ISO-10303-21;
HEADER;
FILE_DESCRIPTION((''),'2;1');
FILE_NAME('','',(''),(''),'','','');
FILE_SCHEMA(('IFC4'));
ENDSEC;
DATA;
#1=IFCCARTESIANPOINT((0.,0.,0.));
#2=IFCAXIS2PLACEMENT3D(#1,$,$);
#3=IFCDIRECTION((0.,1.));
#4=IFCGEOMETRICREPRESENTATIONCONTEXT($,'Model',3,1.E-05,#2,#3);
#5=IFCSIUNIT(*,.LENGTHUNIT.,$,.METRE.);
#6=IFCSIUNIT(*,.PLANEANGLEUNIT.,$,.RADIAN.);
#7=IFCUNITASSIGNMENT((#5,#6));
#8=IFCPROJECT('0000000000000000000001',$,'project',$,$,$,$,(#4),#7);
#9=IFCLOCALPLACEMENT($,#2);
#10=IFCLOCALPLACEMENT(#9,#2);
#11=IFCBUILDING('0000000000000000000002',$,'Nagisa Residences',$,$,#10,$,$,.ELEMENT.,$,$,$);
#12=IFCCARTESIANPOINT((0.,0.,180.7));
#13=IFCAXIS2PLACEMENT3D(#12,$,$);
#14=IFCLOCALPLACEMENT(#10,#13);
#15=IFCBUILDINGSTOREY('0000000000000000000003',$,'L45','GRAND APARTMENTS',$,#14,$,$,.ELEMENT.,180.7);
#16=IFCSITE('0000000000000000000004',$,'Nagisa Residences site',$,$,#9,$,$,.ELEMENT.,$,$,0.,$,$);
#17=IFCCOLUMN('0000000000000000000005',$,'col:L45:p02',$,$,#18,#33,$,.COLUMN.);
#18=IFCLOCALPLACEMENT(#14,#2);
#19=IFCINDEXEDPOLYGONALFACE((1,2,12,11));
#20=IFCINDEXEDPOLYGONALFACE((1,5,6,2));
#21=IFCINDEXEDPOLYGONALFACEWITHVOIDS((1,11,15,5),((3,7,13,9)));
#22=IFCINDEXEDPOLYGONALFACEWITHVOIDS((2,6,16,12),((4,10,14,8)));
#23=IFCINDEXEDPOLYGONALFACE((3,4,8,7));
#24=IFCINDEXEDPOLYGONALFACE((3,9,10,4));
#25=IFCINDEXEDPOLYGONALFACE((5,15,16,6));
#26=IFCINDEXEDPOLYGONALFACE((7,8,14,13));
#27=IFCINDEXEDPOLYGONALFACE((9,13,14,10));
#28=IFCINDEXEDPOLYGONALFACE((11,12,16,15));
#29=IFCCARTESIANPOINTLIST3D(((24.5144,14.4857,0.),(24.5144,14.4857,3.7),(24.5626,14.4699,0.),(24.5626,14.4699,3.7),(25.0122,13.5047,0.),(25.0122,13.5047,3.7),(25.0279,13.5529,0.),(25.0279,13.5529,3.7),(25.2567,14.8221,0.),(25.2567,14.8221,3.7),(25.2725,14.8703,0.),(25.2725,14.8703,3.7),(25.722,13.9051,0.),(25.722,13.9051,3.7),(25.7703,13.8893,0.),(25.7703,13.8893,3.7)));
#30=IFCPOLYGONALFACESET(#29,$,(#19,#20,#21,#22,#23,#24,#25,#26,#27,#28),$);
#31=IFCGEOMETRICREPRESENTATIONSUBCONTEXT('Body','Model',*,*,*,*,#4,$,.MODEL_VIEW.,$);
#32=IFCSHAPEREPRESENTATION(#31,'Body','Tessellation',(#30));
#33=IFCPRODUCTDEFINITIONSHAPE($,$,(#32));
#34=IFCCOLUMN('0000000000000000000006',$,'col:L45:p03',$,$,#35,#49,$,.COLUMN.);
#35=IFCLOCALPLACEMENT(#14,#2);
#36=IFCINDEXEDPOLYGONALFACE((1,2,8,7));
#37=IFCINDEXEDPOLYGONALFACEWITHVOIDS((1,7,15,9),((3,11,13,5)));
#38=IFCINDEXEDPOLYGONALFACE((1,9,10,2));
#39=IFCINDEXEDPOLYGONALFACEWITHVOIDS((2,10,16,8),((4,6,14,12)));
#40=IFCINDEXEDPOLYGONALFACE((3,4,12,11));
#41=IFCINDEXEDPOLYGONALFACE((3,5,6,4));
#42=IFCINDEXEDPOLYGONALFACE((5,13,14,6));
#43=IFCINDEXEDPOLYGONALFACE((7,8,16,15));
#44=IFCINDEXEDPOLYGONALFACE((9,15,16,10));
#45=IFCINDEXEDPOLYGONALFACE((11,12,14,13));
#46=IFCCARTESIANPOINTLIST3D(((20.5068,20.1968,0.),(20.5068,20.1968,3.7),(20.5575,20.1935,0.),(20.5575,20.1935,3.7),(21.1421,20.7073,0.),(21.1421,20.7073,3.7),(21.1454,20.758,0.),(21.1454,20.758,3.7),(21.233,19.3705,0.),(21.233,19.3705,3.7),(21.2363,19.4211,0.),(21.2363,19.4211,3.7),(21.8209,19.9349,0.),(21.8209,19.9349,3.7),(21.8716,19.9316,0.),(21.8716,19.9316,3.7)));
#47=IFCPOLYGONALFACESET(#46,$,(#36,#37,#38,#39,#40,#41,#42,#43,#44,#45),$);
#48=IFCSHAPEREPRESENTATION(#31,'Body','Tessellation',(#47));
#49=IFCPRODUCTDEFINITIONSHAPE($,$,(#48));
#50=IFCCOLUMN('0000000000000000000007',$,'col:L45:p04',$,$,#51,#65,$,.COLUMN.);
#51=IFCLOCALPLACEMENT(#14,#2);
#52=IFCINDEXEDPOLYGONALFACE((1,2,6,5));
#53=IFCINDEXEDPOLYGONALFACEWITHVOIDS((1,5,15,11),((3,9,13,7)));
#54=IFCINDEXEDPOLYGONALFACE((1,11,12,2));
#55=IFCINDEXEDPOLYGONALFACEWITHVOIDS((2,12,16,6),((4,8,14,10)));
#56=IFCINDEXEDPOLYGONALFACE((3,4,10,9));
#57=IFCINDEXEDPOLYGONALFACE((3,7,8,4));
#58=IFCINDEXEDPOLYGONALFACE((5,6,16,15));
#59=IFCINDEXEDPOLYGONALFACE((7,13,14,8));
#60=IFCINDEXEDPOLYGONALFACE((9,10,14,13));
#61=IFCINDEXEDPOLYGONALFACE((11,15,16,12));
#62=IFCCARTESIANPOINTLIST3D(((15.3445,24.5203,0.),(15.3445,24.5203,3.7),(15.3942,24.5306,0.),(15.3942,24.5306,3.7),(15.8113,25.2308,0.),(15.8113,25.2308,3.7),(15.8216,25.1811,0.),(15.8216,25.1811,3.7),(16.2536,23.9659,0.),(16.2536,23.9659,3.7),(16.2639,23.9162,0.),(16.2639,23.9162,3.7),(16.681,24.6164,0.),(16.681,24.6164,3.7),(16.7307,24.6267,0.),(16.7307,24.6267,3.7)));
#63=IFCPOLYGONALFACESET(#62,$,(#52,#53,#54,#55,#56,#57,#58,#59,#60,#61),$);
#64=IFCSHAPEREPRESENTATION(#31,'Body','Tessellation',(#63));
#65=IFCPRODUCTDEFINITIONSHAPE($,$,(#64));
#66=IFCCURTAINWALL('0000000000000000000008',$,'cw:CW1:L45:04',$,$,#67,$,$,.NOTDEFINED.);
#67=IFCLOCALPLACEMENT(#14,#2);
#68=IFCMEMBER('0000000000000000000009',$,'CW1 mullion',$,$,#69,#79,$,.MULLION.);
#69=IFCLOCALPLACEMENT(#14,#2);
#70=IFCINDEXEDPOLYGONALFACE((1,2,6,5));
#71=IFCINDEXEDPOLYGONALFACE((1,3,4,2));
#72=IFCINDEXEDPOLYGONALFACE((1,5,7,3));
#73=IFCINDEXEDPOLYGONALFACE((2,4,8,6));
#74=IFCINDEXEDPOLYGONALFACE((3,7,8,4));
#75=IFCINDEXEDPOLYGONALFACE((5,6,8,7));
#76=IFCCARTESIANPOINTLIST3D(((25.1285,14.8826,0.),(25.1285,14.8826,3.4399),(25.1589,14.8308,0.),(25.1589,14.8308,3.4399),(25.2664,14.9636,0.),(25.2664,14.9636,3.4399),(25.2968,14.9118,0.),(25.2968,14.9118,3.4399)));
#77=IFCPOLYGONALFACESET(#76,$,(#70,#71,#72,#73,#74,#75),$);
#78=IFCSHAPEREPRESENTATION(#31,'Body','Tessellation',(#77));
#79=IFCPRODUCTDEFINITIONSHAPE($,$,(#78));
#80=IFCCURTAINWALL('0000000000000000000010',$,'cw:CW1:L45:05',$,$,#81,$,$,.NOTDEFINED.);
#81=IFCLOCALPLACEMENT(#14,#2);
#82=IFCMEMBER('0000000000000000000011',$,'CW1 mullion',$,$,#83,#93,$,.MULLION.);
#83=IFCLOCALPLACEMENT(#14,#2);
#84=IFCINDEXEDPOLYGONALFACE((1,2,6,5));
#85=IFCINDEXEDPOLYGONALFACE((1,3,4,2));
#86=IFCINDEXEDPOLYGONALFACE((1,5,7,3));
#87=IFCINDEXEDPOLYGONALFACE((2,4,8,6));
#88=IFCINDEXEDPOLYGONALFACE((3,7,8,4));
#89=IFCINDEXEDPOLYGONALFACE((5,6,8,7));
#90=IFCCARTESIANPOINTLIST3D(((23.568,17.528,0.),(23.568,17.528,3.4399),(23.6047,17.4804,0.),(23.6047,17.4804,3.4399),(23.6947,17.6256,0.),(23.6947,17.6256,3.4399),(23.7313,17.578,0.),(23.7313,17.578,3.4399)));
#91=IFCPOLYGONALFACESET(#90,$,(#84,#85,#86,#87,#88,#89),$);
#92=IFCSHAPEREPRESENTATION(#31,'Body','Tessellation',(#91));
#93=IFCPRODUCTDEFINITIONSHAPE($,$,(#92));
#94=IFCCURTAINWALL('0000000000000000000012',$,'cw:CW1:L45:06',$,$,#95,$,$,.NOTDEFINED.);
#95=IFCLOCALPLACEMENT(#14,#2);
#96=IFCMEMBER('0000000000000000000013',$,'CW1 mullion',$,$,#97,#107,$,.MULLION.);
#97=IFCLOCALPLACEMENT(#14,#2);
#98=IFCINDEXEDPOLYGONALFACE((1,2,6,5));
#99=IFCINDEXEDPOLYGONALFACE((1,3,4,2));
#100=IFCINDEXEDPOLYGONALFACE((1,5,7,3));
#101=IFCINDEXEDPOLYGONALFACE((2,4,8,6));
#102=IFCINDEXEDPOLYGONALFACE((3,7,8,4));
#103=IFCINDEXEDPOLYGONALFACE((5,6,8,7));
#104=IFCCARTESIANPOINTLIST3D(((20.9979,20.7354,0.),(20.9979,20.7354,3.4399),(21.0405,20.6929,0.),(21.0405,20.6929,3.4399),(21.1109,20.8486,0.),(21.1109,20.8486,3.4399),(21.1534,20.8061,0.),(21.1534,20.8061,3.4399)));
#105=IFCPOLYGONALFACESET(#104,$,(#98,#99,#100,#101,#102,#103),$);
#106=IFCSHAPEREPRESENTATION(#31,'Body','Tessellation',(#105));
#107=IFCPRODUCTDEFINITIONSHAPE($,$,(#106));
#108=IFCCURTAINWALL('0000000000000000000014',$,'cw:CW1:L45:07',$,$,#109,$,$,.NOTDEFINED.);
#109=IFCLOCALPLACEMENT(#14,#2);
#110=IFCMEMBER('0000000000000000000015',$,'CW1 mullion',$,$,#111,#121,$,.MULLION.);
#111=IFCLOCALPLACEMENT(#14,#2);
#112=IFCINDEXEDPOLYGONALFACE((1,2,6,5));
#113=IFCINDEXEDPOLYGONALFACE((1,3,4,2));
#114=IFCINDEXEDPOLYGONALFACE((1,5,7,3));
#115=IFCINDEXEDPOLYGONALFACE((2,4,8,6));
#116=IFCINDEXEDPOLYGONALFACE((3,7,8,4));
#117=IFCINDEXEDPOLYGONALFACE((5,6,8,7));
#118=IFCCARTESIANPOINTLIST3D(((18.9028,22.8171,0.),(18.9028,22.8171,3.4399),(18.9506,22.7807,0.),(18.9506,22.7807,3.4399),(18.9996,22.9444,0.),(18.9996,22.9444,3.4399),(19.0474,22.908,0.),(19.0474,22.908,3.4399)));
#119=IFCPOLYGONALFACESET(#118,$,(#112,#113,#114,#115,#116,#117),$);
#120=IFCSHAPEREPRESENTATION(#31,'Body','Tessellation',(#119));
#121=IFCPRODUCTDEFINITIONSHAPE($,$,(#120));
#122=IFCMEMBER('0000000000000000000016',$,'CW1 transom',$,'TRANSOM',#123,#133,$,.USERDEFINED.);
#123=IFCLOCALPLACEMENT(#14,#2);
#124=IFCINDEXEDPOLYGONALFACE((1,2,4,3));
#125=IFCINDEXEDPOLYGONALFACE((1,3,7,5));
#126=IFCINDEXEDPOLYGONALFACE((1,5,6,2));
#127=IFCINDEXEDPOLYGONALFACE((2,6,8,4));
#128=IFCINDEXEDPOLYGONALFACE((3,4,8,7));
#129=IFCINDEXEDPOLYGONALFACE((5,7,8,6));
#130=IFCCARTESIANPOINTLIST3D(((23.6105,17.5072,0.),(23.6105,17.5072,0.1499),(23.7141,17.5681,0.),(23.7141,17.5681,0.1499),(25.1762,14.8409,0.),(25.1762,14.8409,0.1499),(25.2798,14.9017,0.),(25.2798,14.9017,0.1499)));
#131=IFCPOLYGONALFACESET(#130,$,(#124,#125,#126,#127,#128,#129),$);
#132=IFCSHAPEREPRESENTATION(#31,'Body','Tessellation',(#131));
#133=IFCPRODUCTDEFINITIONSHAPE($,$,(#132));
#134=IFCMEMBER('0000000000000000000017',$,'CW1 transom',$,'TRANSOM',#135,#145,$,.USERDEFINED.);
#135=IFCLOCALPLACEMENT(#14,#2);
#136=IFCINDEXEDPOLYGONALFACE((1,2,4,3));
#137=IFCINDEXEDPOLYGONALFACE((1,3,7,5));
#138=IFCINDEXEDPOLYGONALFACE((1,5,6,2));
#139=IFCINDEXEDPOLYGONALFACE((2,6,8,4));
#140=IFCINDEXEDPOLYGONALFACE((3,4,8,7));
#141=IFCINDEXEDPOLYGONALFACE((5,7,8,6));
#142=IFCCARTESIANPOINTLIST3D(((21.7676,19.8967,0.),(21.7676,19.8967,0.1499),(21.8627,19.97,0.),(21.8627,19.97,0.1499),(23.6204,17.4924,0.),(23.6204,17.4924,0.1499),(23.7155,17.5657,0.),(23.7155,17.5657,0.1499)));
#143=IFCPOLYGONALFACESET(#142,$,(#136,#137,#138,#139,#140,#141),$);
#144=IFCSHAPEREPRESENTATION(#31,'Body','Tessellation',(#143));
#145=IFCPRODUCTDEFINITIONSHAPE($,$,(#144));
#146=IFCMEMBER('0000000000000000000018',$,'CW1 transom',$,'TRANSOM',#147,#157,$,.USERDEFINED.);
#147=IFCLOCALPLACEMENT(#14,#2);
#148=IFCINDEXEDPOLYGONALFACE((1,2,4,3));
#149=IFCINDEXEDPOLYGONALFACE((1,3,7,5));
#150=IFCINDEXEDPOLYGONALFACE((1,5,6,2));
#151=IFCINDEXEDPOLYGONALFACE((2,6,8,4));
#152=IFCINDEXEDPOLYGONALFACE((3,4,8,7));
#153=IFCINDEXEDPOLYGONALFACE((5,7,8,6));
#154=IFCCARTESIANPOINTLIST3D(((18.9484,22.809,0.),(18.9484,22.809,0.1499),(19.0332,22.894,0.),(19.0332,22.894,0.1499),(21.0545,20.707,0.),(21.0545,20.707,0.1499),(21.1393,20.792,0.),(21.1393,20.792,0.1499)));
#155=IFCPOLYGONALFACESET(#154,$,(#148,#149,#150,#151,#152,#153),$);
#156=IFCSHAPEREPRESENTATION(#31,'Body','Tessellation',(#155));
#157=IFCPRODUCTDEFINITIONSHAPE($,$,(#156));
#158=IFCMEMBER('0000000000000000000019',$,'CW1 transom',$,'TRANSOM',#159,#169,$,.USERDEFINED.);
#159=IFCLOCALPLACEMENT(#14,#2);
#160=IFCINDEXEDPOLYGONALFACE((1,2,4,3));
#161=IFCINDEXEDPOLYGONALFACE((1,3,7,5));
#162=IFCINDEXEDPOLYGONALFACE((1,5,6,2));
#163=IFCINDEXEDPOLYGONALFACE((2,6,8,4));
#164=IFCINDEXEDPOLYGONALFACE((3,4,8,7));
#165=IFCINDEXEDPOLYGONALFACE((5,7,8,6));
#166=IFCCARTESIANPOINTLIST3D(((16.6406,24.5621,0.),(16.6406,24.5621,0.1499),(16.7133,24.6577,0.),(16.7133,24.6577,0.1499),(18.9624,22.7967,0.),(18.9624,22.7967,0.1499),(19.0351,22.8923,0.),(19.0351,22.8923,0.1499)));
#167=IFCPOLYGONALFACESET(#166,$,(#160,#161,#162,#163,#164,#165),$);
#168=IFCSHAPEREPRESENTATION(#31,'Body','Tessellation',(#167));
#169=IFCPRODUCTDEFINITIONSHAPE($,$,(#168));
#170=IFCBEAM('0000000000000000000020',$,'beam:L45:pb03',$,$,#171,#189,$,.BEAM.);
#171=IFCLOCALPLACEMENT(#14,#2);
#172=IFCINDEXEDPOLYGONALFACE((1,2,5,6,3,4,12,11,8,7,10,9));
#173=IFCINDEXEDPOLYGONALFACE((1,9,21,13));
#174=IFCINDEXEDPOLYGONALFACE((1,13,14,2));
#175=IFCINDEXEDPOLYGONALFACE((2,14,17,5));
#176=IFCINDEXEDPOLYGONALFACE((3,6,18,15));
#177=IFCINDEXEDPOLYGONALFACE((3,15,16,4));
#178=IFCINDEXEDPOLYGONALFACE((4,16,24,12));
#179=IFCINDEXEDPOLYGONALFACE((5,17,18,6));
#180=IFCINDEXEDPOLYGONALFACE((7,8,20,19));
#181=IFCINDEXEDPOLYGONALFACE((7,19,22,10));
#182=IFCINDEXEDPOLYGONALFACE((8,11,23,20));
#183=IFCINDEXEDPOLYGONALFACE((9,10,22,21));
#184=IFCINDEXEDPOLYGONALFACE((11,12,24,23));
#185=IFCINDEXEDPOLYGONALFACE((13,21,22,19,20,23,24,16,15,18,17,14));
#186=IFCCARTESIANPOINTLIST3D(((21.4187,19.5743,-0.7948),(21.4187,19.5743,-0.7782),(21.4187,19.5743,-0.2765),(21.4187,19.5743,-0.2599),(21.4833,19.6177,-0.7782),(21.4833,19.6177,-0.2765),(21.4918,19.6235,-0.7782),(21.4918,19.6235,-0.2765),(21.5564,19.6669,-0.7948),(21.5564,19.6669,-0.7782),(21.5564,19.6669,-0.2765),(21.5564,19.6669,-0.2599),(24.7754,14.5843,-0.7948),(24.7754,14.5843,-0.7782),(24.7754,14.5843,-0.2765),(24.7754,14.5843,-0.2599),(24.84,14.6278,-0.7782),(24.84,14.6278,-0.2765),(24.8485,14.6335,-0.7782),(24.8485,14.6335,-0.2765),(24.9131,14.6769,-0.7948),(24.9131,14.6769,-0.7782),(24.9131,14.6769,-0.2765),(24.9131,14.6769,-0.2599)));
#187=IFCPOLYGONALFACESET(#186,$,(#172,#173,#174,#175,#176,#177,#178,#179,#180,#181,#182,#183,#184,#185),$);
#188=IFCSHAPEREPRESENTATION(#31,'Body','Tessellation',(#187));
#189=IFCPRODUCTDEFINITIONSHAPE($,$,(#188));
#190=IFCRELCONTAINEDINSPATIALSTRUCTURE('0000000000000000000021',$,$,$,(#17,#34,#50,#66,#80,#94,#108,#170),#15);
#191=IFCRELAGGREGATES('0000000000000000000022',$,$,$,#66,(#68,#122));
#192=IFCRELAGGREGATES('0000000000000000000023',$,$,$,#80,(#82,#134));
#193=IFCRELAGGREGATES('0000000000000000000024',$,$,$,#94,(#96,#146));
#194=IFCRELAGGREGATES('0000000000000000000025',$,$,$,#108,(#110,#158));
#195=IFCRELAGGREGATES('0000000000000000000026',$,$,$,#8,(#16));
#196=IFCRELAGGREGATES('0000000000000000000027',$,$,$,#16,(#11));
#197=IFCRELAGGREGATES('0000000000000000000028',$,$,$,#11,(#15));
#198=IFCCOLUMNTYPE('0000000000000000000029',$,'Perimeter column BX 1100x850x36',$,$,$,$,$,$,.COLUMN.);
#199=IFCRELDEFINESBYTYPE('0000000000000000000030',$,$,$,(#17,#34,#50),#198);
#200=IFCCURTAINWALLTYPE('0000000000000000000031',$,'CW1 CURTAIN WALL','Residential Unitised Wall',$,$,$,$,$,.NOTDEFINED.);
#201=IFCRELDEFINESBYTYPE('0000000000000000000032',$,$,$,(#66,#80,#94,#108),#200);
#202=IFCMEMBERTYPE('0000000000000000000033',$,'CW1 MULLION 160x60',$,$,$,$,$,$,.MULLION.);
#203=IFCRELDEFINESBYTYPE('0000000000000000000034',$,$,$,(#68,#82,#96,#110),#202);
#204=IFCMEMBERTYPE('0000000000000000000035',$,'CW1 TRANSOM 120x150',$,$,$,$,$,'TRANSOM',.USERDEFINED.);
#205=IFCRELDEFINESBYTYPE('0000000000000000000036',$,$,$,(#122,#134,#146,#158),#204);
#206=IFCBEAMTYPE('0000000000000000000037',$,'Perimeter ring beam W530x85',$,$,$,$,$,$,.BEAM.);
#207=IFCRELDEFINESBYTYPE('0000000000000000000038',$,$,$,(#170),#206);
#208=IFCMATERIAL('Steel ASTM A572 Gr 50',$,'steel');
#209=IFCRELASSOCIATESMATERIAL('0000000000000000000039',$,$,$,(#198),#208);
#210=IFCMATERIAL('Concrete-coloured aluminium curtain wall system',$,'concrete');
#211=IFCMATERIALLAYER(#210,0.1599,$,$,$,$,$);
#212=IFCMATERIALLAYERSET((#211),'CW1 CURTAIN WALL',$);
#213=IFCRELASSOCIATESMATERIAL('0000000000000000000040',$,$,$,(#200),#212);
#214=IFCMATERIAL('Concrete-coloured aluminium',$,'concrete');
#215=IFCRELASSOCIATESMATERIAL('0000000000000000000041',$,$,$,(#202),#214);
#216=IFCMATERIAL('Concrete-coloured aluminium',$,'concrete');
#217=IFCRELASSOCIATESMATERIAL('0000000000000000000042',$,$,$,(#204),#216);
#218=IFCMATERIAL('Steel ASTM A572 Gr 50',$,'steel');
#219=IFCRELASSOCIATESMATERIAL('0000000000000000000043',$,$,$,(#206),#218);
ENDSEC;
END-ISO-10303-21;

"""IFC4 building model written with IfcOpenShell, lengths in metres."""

from ifc_helpers import new_model, si_unit, direction, frame, origin, origin_2d, place, context, subcontext, project, spatial, rectangle, hollow_rectangle, i_section, extrude, material, layer, layer_set, material_profile, profile_set, type_object, element, aggregate, save


model = new_model("IFC4")

# Units and contexts
model_context = context("Model", 3, precision=1e-05, world=origin(), true_north=direction((0.0, 1.0)))
body_context = subcontext(model_context, "Body", "Model", "MODEL_VIEW")
ifc_project = project(units=[si_unit("LENGTHUNIT", "METRE"), si_unit("PLANEANGLEUNIT", "RADIAN")], contexts=[model_context])

# Site, building, storey
site_placement = place(None, origin())
site = spatial("IfcSite", under=ifc_project, at=site_placement, Name="Nagisa Residences site", CompositionType="ELEMENT", RefElevation=0.0)
building_placement = place(site_placement, origin())
building = spatial("IfcBuilding", under=site, at=building_placement, Name="Nagisa Residences", CompositionType="ELEMENT")
storey_placement = place(building_placement, frame((0.0, 0.0, 180.7)))
storey = spatial("IfcBuildingStorey", under=building, at=storey_placement, Name="L45", Description="GRAND APARTMENTS", CompositionType="ELEMENT", Elevation=180.7)

# Columns
ifc_material_1 = material(Name="Steel ASTM A572 Gr 50", Category="steel")
ifc_material_profile_1 = material_profile(ifc_material_1, hollow_rectangle(XDim=1.1001, YDim=0.8501, WallThickness=0.0359, at=origin_2d()), Name="BX 1100x850x36")
ifc_profile_set_1 = profile_set([ifc_material_profile_1], Name="Steel ASTM A572 Gr 50")
column_type = type_object("IfcColumnType", Name="Perimeter column BX 1100x850x36", PredefinedType="COLUMN", material=ifc_profile_set_1)
for number, where, z_axis, x_axis, name in (
    (1, (25.1423, 14.1875, 0.0), (0.0, 0.0, 1.0), (-0.452463, 0.891783, 0.0), "col:L45:p02"),
    (2, (21.1892, 20.0642, 0.0), (0.0, 0.0, 1.0), (-0.660115, 0.751165, 0.0), "col:L45:p03"),
    (3, (16.0376, 24.5735, 0.0), (0.0, 0.0, 1.0), (-0.835766, 0.549086, 0.0), "col:L45:p04"),
):
    element("IfcColumn", number, at=place(storey_placement, frame(where, z_axis=z_axis, x_axis=x_axis)), inside=storey, type_object=column_type, Name=name, PredefinedType="COLUMN", context=body_context, shape_type="SweptSolid", body=[
        extrude(hollow_rectangle(XDim=1.1001, YDim=0.8501, WallThickness=0.0359, at=origin_2d()), origin(), (0.0, 0.0, 1.0), 3.7),
    ])

# Curtain walls, members
ifc_material_2 = material(Name="Concrete-coloured aluminium curtain wall system", Category="concrete")
ifc_layer_1 = layer(ifc_material_2, 0.1599)
ifc_layer_set_1 = layer_set([ifc_layer_1], Name="CW1 CURTAIN WALL")
curtain_wall_type = type_object("IfcCurtainWallType", Name="CW1 CURTAIN WALL", Description="Residential Unitised Wall", PredefinedType="NOTDEFINED", material=ifc_layer_set_1)
curtain_wall_1_placement = place(storey_placement, origin())
curtain_wall_1 = element("IfcCurtainWall", 4, at=curtain_wall_1_placement, inside=storey, type_object=curtain_wall_type, Name="cw:CW1:L45:04", PredefinedType="NOTDEFINED")
ifc_material_3 = material(Name="Concrete-coloured aluminium", Category="concrete")
ifc_material_profile_2 = material_profile(ifc_material_3, rectangle(XDim=0.1599, YDim=0.0601, at=origin_2d()), Name="CW1 MULLION 160x60")
ifc_profile_set_2 = profile_set([ifc_material_profile_2], Name="Concrete-coloured aluminium")
member_type_1 = type_object("IfcMemberType", Name="CW1 MULLION 160x60", PredefinedType="MULLION", material=ifc_profile_set_2)
member_1_placement = place(storey_placement, frame((25.2126, 14.8972, 0.0), z_axis=(0.0, 0.0, 1.0), x_axis=(-0.862329, -0.506349, 0.0)))
member_1 = element("IfcMember", 5, at=member_1_placement, type_object=member_type_1, Name="CW1 mullion", PredefinedType="MULLION", context=body_context, shape_type="SweptSolid", body=[
    extrude(rectangle(XDim=0.1599, YDim=0.0601, at=origin_2d()), origin(), (0.0, 0.0, 1.0), 3.4399),
])
curtain_wall_2_placement = place(storey_placement, origin())
curtain_wall_2 = element("IfcCurtainWall", 6, at=curtain_wall_2_placement, inside=storey, type_object=curtain_wall_type, Name="cw:CW1:L45:05", PredefinedType="NOTDEFINED")
member_2_placement = place(storey_placement, frame((23.6497, 17.553, 0.0), z_axis=(0.0, 0.0, 1.0), x_axis=(-0.79207, -0.61043, 0.0)))
member_2 = element("IfcMember", 7, at=member_2_placement, type_object=member_type_1, Name="CW1 mullion", PredefinedType="MULLION", context=body_context, shape_type="SweptSolid", body=[
    extrude(rectangle(XDim=0.1599, YDim=0.0601, at=origin_2d()), origin(), (0.0, 0.0, 1.0), 3.4399),
])
curtain_wall_3_placement = place(storey_placement, origin())
curtain_wall_3 = element("IfcCurtainWall", 8, at=curtain_wall_3_placement, inside=storey, type_object=curtain_wall_type, Name="cw:CW1:L45:06", PredefinedType="NOTDEFINED")
member_3_placement = place(storey_placement, frame((21.0757, 20.7708, 0.0), z_axis=(0.0, 0.0, 1.0), x_axis=(-0.706377, -0.707836, 0.0)))
member_3 = element("IfcMember", 9, at=member_3_placement, type_object=member_type_1, Name="CW1 mullion", PredefinedType="MULLION", context=body_context, shape_type="SweptSolid", body=[
    extrude(rectangle(XDim=0.1599, YDim=0.0601, at=origin_2d()), origin(), (0.0, 0.0, 1.0), 3.4399),
])
curtain_wall_4_placement = place(storey_placement, origin())
curtain_wall_4 = element("IfcCurtainWall", 10, at=curtain_wall_4_placement, inside=storey, type_object=curtain_wall_type, Name="cw:CW1:L45:07", PredefinedType="NOTDEFINED")
member_4_placement = place(storey_placement, frame((18.9751, 22.8625, 0.0), z_axis=(0.0, 0.0, 1.0), x_axis=(-0.605255, -0.796031, 0.0)))
member_4 = element("IfcMember", 11, at=member_4_placement, type_object=member_type_1, Name="CW1 mullion", PredefinedType="MULLION", context=body_context, shape_type="SweptSolid", body=[
    extrude(rectangle(XDim=0.1599, YDim=0.0601, at=origin_2d()), origin(), (0.0, 0.0, 1.0), 3.4399),
])

# Members
ifc_material_4 = material(Name="Concrete-coloured aluminium", Category="concrete")
ifc_material_profile_3 = material_profile(ifc_material_4, rectangle(XDim=0.1201, YDim=0.1499, at=origin_2d()), Name="CW1 TRANSOM 120x150")
ifc_profile_set_3 = profile_set([ifc_material_profile_3], Name="Concrete-coloured aluminium")
member_type_2 = type_object("IfcMemberType", Name="CW1 TRANSOM 120x150", ElementType="TRANSOM", PredefinedType="USERDEFINED", material=ifc_profile_set_3)
member_5_placement = place(storey_placement, frame((25.228, 14.8713, 0.075), z_axis=(-0.506368, 0.862318, 0.0), x_axis=(-0.862318, -0.506368, 0.0)))
member_5 = element("IfcMember", 12, at=member_5_placement, type_object=member_type_2, Name="CW1 transom", ObjectType="TRANSOM", PredefinedType="USERDEFINED", context=body_context, shape_type="SweptSolid", body=[
    extrude(rectangle(XDim=0.1201, YDim=0.1499, at=origin_2d()), origin(), (0.0, 0.0, 1.0), 3.092),
])
member_6_placement = place(storey_placement, frame((23.668, 17.5291, 0.075), z_axis=(-0.610399, 0.792094, 0.0), x_axis=(-0.792094, -0.610399, 0.0)))
member_6 = element("IfcMember", 13, at=member_6_placement, type_object=member_type_2, Name="CW1 transom", ObjectType="TRANSOM", PredefinedType="USERDEFINED", context=body_context, shape_type="SweptSolid", body=[
    extrude(rectangle(XDim=0.1201, YDim=0.1499, at=origin_2d()), origin(), (0.0, 0.0, 1.0), 3.0354),
])
member_7_placement = place(storey_placement, frame((21.0969, 20.7495, 0.075), z_axis=(-0.707804, 0.706409, 0.0), x_axis=(-0.706409, -0.707804, 0.0)))
member_7 = element("IfcMember", 14, at=member_7_placement, type_object=member_type_2, Name="CW1 transom", ObjectType="TRANSOM", PredefinedType="USERDEFINED", context=body_context, shape_type="SweptSolid", body=[
    extrude(rectangle(XDim=0.1201, YDim=0.1499, at=origin_2d()), origin(), (0.0, 0.0, 1.0), 2.9756),
])
member_8_placement = place(storey_placement, frame((18.9988, 22.8445, 0.075), z_axis=(-0.796025, 0.605264, 0.0), x_axis=(-0.605264, -0.796025, 0.0)))
member_8 = element("IfcMember", 15, at=member_8_placement, type_object=member_type_2, Name="CW1 transom", ObjectType="TRANSOM", PredefinedType="USERDEFINED", context=body_context, shape_type="SweptSolid", body=[
    extrude(rectangle(XDim=0.1201, YDim=0.1499, at=origin_2d()), origin(), (0.0, 0.0, 1.0), 2.9167),
])

# Beam
ifc_material_5 = material(Name="Steel ASTM A572 Gr 50", Category="steel")
ifc_material_profile_4 = material_profile(ifc_material_5, i_section(OverallWidth=0.166, OverallDepth=0.5349, WebThickness=0.0103, FlangeThickness=0.0166, at=origin_2d()), Name="W530x85")
ifc_profile_set_4 = profile_set([ifc_material_profile_4], Name="Steel ASTM A572 Gr 50")
beam_type_1 = type_object("IfcBeamType", Name="Perimeter ring beam W530x85", PredefinedType="BEAM", material=ifc_profile_set_4)
beam_1_placement = place(storey_placement, frame((24.8442, 14.6306, -0.5273), z_axis=(-0.558152, 0.829739, 0.0), x_axis=(-0.829739, -0.558152, 0.0)))
element("IfcBeam", 16, at=beam_1_placement, inside=storey, type_object=beam_type_1, Name="beam:L45:pb03", PredefinedType="BEAM", context=body_context, shape_type="SweptSolid", body=[
    extrude(i_section(OverallWidth=0.166, OverallDepth=0.5349, WebThickness=0.0103, FlangeThickness=0.0166, at=origin_2d()), origin(), (0.0, 0.0, 1.0), 6.0139),
])

aggregate(curtain_wall_1, [member_1, member_5])
aggregate(curtain_wall_2, [member_2, member_6])
aggregate(curtain_wall_3, [member_3, member_7])
aggregate(curtain_wall_4, [member_4, member_8])

save(model, "model.ifc")
